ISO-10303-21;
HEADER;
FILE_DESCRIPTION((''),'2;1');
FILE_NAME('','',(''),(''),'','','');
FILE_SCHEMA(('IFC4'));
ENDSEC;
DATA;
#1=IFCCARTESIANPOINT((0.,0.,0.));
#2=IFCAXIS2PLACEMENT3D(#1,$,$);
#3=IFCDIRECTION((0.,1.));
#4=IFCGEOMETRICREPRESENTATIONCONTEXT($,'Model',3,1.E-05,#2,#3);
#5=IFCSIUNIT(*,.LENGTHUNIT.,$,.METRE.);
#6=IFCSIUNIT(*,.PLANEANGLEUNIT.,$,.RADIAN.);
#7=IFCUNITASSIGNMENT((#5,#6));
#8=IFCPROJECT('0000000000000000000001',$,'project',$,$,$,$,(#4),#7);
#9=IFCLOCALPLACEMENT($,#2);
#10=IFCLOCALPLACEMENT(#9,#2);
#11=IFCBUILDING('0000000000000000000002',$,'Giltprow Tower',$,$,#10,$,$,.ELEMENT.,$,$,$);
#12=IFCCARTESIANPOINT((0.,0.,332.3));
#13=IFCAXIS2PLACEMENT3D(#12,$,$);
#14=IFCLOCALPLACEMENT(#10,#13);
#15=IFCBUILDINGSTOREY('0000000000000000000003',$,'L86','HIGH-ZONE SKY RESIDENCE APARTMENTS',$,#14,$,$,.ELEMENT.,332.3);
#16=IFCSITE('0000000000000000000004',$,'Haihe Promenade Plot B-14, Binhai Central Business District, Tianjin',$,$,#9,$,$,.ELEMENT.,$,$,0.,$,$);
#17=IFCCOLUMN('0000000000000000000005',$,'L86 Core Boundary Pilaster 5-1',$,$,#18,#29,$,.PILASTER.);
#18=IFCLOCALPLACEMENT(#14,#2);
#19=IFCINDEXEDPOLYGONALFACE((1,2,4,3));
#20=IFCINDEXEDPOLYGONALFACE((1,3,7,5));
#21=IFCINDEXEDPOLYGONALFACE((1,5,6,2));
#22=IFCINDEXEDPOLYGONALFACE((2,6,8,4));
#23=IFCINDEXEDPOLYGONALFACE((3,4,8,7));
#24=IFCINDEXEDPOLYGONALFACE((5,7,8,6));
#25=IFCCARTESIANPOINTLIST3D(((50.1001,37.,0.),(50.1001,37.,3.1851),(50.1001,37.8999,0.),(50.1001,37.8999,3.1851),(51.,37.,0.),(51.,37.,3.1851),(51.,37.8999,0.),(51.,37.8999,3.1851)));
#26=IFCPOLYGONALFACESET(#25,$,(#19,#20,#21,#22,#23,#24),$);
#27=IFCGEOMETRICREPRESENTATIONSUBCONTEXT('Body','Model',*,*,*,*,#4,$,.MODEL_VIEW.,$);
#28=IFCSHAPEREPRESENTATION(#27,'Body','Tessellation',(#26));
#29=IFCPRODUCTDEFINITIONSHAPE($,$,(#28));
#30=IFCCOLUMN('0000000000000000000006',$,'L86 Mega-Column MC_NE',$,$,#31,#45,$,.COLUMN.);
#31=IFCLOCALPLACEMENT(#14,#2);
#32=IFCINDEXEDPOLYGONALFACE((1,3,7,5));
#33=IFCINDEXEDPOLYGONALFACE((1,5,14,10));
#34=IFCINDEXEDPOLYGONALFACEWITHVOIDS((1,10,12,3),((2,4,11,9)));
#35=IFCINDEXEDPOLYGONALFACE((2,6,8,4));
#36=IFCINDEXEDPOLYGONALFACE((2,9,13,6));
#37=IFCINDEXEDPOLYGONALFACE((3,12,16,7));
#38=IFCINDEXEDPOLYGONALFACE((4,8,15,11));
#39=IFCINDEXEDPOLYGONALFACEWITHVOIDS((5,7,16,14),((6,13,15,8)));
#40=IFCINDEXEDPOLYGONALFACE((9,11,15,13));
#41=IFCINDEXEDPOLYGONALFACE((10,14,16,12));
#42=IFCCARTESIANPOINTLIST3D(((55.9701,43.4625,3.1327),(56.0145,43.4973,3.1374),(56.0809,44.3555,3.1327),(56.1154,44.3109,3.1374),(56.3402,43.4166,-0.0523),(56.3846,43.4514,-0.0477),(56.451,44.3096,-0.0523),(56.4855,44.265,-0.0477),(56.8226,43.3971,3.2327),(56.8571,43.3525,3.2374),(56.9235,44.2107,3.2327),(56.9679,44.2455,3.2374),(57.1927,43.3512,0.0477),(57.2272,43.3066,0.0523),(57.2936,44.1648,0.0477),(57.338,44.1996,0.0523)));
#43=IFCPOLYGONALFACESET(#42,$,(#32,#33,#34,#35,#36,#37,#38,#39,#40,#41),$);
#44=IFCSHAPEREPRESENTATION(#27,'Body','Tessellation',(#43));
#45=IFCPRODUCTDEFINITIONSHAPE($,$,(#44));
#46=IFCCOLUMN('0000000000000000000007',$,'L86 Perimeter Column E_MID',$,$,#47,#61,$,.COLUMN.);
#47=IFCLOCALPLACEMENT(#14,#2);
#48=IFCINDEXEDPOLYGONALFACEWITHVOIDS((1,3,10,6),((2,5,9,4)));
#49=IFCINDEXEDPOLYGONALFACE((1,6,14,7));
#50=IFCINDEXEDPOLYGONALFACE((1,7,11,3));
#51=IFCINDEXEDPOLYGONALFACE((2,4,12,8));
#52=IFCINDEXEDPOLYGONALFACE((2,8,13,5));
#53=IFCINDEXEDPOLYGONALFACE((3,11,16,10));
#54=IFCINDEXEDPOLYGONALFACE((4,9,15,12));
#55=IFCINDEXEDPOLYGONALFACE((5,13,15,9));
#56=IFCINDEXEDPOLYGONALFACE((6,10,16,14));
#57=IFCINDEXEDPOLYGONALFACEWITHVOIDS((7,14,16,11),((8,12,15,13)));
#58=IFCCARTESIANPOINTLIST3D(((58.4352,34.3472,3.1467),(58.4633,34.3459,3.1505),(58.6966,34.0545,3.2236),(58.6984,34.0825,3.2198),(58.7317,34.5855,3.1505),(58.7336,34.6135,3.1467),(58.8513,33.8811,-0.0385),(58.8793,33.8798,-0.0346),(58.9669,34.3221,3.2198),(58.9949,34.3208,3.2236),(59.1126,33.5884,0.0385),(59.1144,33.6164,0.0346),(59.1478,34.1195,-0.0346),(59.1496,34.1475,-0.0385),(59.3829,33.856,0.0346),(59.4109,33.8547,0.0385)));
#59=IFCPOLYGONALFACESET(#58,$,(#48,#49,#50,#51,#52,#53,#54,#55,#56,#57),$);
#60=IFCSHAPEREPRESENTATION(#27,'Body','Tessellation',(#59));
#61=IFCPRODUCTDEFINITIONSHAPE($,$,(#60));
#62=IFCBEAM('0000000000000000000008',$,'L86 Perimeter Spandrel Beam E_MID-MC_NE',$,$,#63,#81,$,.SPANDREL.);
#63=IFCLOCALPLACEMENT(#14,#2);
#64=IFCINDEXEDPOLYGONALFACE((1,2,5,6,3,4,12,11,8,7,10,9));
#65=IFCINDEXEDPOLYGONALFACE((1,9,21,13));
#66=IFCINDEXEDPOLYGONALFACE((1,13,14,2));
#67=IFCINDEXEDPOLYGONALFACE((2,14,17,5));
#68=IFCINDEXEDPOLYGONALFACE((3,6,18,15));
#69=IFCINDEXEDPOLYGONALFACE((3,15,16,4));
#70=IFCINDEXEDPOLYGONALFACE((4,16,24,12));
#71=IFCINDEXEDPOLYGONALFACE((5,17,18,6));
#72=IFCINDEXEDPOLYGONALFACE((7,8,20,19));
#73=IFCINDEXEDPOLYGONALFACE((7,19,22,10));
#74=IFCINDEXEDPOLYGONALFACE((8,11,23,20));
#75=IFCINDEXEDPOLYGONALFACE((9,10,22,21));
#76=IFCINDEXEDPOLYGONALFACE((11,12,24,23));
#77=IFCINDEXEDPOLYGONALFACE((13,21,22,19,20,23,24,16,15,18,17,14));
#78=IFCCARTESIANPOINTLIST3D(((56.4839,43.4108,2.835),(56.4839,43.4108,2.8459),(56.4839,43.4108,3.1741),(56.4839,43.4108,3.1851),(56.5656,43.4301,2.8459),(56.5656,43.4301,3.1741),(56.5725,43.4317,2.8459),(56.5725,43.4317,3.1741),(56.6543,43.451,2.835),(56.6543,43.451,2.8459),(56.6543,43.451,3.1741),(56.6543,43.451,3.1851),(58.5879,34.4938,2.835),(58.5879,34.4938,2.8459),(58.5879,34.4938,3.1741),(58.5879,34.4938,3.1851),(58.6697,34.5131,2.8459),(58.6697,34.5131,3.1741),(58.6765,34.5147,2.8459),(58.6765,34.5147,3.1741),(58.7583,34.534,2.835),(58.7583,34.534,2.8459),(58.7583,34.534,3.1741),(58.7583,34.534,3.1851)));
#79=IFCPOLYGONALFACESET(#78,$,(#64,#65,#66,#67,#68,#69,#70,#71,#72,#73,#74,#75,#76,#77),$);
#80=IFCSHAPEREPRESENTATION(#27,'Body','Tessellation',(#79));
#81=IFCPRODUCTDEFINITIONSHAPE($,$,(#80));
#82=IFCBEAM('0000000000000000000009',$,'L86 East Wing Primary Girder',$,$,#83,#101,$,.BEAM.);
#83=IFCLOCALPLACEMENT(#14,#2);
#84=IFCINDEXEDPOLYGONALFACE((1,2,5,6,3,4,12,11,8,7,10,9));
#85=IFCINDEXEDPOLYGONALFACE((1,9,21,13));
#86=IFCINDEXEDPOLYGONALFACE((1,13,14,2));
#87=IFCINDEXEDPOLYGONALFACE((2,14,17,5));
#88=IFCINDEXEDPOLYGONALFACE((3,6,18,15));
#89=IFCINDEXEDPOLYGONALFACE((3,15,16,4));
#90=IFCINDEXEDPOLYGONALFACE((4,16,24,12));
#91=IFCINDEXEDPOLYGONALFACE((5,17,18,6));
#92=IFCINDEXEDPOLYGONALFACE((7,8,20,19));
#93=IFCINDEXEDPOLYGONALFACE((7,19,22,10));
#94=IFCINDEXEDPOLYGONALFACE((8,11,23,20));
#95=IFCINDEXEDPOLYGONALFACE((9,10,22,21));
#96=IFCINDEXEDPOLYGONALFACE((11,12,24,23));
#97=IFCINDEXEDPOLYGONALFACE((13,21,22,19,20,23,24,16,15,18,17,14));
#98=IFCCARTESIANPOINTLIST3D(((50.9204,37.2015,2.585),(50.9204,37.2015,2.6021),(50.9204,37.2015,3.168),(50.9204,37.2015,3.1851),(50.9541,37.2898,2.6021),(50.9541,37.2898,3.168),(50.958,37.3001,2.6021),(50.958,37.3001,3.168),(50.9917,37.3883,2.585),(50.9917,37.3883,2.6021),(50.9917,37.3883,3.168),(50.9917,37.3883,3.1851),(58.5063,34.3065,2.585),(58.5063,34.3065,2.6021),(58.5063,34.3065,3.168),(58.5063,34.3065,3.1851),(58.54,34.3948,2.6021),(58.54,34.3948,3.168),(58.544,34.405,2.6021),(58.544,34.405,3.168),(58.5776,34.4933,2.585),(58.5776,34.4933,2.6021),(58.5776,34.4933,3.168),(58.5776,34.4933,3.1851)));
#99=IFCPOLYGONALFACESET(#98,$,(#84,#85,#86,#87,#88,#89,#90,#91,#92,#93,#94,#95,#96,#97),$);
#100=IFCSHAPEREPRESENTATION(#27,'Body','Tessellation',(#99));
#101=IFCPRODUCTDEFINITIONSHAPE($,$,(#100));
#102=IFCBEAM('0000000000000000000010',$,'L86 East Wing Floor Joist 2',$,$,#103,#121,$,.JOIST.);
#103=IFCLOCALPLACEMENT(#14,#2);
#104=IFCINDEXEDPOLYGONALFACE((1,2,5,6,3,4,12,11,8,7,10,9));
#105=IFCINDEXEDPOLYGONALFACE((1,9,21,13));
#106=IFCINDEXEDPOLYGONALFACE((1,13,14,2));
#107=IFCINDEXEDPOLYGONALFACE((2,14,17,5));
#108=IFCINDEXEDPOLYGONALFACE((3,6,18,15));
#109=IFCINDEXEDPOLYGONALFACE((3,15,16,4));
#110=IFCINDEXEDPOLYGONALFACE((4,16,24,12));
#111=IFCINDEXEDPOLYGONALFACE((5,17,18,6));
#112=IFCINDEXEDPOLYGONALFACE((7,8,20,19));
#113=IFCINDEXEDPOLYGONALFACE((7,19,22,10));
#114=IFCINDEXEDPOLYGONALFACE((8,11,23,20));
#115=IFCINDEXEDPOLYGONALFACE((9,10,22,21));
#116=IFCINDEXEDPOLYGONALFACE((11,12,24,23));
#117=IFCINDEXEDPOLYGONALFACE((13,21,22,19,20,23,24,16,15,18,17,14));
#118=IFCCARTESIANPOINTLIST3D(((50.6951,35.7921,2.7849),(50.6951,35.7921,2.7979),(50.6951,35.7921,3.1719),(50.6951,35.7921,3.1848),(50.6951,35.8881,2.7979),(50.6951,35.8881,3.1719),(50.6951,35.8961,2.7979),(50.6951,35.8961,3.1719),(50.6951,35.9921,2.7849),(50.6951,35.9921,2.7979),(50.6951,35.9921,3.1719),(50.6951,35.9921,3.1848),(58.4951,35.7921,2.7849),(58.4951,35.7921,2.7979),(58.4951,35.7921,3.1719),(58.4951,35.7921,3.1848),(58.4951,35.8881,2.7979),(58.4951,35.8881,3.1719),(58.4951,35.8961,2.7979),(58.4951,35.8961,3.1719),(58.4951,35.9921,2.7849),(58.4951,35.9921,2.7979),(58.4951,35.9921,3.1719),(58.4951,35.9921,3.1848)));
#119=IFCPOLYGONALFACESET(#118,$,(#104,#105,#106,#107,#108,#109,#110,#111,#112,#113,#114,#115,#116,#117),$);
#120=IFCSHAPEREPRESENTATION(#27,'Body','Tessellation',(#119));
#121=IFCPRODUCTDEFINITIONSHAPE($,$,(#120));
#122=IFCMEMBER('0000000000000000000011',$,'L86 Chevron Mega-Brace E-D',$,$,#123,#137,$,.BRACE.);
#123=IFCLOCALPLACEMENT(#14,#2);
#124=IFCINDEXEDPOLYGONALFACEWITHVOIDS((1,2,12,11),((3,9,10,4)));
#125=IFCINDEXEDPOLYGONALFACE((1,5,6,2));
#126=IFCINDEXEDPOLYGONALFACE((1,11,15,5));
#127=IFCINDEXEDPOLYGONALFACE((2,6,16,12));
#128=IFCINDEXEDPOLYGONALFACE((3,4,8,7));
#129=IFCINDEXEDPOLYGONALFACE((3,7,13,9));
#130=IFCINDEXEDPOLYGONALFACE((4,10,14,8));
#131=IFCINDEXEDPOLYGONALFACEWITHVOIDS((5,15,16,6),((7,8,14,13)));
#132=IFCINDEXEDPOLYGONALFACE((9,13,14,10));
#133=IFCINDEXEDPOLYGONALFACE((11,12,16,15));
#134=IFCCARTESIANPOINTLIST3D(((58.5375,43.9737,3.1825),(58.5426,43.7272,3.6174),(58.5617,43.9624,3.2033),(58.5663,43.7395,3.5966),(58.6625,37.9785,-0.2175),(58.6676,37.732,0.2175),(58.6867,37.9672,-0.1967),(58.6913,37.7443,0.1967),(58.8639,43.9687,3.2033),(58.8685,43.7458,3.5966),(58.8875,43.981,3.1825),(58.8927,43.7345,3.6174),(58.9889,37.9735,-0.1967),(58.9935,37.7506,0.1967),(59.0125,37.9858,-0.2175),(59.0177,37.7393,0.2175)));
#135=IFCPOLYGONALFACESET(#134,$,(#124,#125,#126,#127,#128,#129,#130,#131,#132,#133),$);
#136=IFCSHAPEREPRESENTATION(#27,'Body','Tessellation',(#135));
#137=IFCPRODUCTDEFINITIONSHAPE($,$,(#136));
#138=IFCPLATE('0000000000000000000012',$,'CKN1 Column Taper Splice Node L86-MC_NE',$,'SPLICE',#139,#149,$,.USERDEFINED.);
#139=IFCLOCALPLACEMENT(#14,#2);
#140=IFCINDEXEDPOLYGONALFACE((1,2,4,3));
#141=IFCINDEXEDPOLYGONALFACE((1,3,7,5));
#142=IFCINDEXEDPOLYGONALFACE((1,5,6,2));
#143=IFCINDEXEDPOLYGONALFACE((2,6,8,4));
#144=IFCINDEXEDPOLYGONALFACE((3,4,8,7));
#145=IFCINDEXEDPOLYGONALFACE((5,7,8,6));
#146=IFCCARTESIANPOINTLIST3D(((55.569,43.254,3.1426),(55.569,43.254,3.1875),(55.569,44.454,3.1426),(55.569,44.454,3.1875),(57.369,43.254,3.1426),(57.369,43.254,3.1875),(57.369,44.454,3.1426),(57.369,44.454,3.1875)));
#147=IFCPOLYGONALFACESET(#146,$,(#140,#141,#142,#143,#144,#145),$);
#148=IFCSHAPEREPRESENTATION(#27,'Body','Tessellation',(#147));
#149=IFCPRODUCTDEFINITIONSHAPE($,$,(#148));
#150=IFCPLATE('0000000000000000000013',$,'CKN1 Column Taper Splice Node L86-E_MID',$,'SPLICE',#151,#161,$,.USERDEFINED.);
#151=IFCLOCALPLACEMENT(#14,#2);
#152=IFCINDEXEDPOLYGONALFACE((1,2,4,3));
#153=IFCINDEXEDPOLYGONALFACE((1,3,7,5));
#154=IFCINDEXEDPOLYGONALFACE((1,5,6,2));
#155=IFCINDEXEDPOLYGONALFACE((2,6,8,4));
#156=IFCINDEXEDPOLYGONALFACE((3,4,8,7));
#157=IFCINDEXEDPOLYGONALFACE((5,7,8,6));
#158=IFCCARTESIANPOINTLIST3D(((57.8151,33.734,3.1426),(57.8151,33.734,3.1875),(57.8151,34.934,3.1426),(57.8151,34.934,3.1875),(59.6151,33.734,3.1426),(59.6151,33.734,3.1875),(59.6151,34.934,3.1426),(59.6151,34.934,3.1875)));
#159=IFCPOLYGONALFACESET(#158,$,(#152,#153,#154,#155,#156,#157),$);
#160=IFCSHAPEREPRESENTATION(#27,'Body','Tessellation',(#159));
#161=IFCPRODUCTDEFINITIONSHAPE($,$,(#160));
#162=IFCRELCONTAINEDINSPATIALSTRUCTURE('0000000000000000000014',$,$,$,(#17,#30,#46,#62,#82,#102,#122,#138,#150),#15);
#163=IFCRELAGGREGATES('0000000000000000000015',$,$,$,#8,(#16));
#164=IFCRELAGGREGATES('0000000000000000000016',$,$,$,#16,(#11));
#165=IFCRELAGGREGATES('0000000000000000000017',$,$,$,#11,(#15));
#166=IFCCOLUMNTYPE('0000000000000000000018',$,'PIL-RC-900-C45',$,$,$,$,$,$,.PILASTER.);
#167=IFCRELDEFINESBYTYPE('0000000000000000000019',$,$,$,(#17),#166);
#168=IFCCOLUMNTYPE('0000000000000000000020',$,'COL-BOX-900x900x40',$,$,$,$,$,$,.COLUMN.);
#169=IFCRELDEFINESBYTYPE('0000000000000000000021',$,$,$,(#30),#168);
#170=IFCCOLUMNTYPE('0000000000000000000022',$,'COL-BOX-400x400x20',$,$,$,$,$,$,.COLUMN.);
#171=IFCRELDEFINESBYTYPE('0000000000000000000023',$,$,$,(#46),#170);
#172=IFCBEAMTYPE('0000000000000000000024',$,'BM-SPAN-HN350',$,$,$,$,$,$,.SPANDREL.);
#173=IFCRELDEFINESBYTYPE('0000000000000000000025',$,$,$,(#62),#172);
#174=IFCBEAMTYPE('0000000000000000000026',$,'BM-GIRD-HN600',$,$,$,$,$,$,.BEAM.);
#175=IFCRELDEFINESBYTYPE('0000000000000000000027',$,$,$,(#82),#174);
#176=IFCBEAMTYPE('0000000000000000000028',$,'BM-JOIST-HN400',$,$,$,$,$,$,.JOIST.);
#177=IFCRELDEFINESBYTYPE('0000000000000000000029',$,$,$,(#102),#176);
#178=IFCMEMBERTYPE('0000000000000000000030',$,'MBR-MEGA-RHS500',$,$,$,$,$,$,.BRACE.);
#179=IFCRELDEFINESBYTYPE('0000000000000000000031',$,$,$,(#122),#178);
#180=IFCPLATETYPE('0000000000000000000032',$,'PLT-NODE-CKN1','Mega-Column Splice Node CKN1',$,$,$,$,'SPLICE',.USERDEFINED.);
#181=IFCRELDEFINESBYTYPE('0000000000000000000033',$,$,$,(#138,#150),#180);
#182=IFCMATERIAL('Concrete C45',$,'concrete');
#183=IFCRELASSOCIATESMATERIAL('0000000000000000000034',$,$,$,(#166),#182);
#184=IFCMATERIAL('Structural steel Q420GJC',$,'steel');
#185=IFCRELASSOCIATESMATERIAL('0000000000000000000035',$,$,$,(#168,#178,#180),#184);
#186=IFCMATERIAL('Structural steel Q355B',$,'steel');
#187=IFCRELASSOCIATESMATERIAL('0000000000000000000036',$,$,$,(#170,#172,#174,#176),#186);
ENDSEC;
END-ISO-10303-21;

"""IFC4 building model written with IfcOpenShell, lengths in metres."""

from ifc_helpers import new_model, si_unit, direction, frame, origin, origin_2d, place, context, subcontext, project, spatial, rectangle, hollow_rectangle, i_section, extrude, source, transform, mapped, material, material_profile, profile_set, type_object, element, save


model = new_model("IFC4")

# Units and contexts
model_context = context("Model", 3, precision=1e-05, world=origin(), true_north=direction((0.0, 1.0)))
body_context = subcontext(model_context, "Body", "Model", "MODEL_VIEW")
ifc_project = project(units=[si_unit("LENGTHUNIT", "METRE"), si_unit("PLANEANGLEUNIT", "RADIAN")], contexts=[model_context])

# Site, building, storey
site_placement = place(None, origin())
site = spatial("IfcSite", under=ifc_project, at=site_placement, Name="Haihe Promenade Plot B-14, Binhai Central Business District, Tianjin", CompositionType="ELEMENT", RefElevation=0.0)
building_placement = place(site_placement, origin())
building = spatial("IfcBuilding", under=site, at=building_placement, Name="Giltprow Tower", CompositionType="ELEMENT")
storey_placement = place(building_placement, frame((0.0, 0.0, 332.3)))
storey = spatial("IfcBuildingStorey", under=building, at=storey_placement, Name="L86", Description="HIGH-ZONE SKY RESIDENCE APARTMENTS", CompositionType="ELEMENT", Elevation=332.3)

# Columns
ifc_material_1 = material(Name="Concrete C45", Category="concrete")
ifc_material_profile_1 = material_profile(ifc_material_1, rectangle(XDim=0.8999, YDim=0.8999, at=origin_2d()), Name="RC 900x900")
ifc_profile_set_1 = profile_set([ifc_material_profile_1], Name="Concrete C45")
column_type_1 = type_object("IfcColumnType", Name="PIL-RC-900-C45", PredefinedType="PILASTER", material=ifc_profile_set_1)
shared_shape_1 = source(origin(), body_context, "Body", "SweptSolid", [
    extrude(rectangle(XDim=0.8999, YDim=0.8999, at=origin_2d()), origin(), (0.0, 0.0, 1.0), 3.1851),
])
column_1_placement = place(storey_placement, frame((50.55, 37.45, 0.0), z_axis=(0.0, 0.0, 1.0), x_axis=(1.0, 0.0, 0.0)))
element("IfcColumn", 1, at=column_1_placement, inside=storey, type_object=column_type_1, Name="L86 Core Boundary Pilaster 5-1", PredefinedType="PILASTER", context=body_context, shape_type="MappedRepresentation", body=[
    mapped(shared_shape_1, transform((0.0, 0.0, 0.0), x_axis=(1.0, 0.0, 0.0), y_axis=(0.0, 1.0, 0.0), z_axis=(0.0, 0.0, 1.0), scale=1.0)),
])
ifc_material_2 = material(Name="Structural steel Q420GJC", Category="steel")
ifc_material_profile_2 = material_profile(ifc_material_2, hollow_rectangle(XDim=0.8999, YDim=0.8999, WallThickness=0.04, at=origin_2d()), Name="BOX 900x900x40")
ifc_profile_set_2 = profile_set([ifc_material_profile_2], Name="Structural steel Q420GJC")
column_type_2 = type_object("IfcColumnType", Name="COL-BOX-900x900x40", PredefinedType="COLUMN", material=ifc_profile_set_2)
shared_shape_2 = source(origin(), body_context, "Body", "SweptSolid", [
    extrude(hollow_rectangle(XDim=0.8999, YDim=0.8999, WallThickness=0.04, at=origin_2d()), origin(), (0.0, 0.0, 1.0), 3.2068),
])
column_2_placement = place(storey_placement, frame((56.8391, 43.8081, 0.0), z_axis=(-0.115416, 0.014313, 0.993214), x_axis=(-0.123068, -0.992398, 0.0)))
element("IfcColumn", 2, at=column_2_placement, inside=storey, type_object=column_type_2, Name="L86 Mega-Column MC_NE", PredefinedType="COLUMN", context=body_context, shape_type="MappedRepresentation", body=[
    mapped(shared_shape_2, transform((0.0, 0.0, 0.0), x_axis=(1.0, 0.0, 0.0), y_axis=(0.0, 1.0, 0.0), z_axis=(0.0, 0.0, 1.0), scale=1.0)),
])
ifc_material_3 = material(Name="Structural steel Q355B", Category="steel")
ifc_material_profile_3 = material_profile(ifc_material_3, hollow_rectangle(XDim=0.3999, YDim=0.3999, WallThickness=0.02, at=origin_2d()), Name="BOX 400x400x20")
ifc_profile_set_3 = profile_set([ifc_material_profile_3], Name="Structural steel Q355B")
column_type_3 = type_object("IfcColumnType", Name="COL-BOX-400x400x20", PredefinedType="COLUMN", material=ifc_profile_set_3)
shared_shape_3 = source(origin(), body_context, "Body", "SweptSolid", [
    extrude(hollow_rectangle(XDim=0.3999, YDim=0.3999, WallThickness=0.02, at=origin_2d()), origin(), (0.0, 0.0, 1.0), 3.2458),
])
column_3_placement = place(storey_placement, frame((59.1311, 33.8679, 0.0), z_axis=(-0.128172, 0.143592, 0.981302), x_axis=(-0.746028, -0.665915, 0.0)))
element("IfcColumn", 3, at=column_3_placement, inside=storey, type_object=column_type_3, Name="L86 Perimeter Column E_MID", PredefinedType="COLUMN", context=body_context, shape_type="MappedRepresentation", body=[
    mapped(shared_shape_3, transform((0.0, 0.0, 0.0), x_axis=(1.0, 0.0, 0.0), y_axis=(0.0, 1.0, 0.0), z_axis=(0.0, 0.0, 1.0), scale=1.0)),
])

# Beams
ifc_material_profile_4 = material_profile(ifc_material_3, i_section(OverallWidth=0.175, OverallDepth=0.3501, WebThickness=0.0071, FlangeThickness=0.011, at=origin_2d()), Name="HN 350x175x7x11")
ifc_profile_set_4 = profile_set([ifc_material_profile_4], Name="Structural steel Q355B")
beam_type_1 = type_object("IfcBeamType", Name="BM-SPAN-HN350", PredefinedType="SPANDREL", material=ifc_profile_set_4)
shared_shape_4 = source(origin(), body_context, "Body", "SweptSolid", [
    extrude(i_section(OverallWidth=0.175, OverallDepth=0.3501, WebThickness=0.0071, FlangeThickness=0.011, at=origin_2d()), origin(), (0.0, 0.0, 1.0), 9.1619),
])
beam_1_placement = place(storey_placement, frame((58.6731, 34.5139, 3.01), z_axis=(-0.229648, 0.973274, 0.0), x_axis=(-0.973274, -0.229648, 0.0)))
element("IfcBeam", 4, at=beam_1_placement, inside=storey, type_object=beam_type_1, Name="L86 Perimeter Spandrel Beam E_MID-MC_NE", PredefinedType="SPANDREL", context=body_context, shape_type="MappedRepresentation", body=[
    mapped(shared_shape_4, transform((0.0, 0.0, 0.0), x_axis=(1.0, 0.0, 0.0), y_axis=(0.0, 1.0, 0.0), z_axis=(0.0, 0.0, 1.0), scale=1.0)),
])
ifc_material_profile_5 = material_profile(ifc_material_3, i_section(OverallWidth=0.2, OverallDepth=0.6001, WebThickness=0.011, FlangeThickness=0.0171, at=origin_2d()), Name="HN 600x200x11x17")
ifc_profile_set_5 = profile_set([ifc_material_profile_5], Name="Structural steel Q355B")
beam_type_2 = type_object("IfcBeamType", Name="BM-GIRD-HN600", PredefinedType="BEAM", material=ifc_profile_set_5)
shared_shape_5 = source(origin(), body_context, "Body", "SweptSolid", [
    extrude(i_section(OverallWidth=0.2, OverallDepth=0.6001, WebThickness=0.011, FlangeThickness=0.0171, at=origin_2d()), origin(), (0.0, 0.0, 1.0), 8.1196),
])
beam_2_placement = place(storey_placement, frame((58.542, 34.3999, 2.885), z_axis=(-0.934277, 0.356548, 0.0), x_axis=(-0.356548, -0.934277, 0.0)))
element("IfcBeam", 5, at=beam_2_placement, inside=storey, type_object=beam_type_2, Name="L86 East Wing Primary Girder", PredefinedType="BEAM", context=body_context, shape_type="MappedRepresentation", body=[
    mapped(shared_shape_5, transform((0.0, 0.0, 0.0), x_axis=(1.0, 0.0, 0.0), y_axis=(0.0, 1.0, 0.0), z_axis=(0.0, 0.0, 1.0), scale=1.0)),
])
ifc_material_profile_6 = material_profile(ifc_material_3, i_section(OverallWidth=0.2, OverallDepth=0.3999, WebThickness=0.0081, FlangeThickness=0.0129, at=origin_2d()), Name="HN 400x200x8x13")
ifc_profile_set_6 = profile_set([ifc_material_profile_6], Name="Structural steel Q355B")
beam_type_3 = type_object("IfcBeamType", Name="BM-JOIST-HN400", PredefinedType="JOIST", material=ifc_profile_set_6)
shared_shape_6 = source(origin(), body_context, "Body", "SweptSolid", [
    extrude(i_section(OverallWidth=0.2, OverallDepth=0.3999, WebThickness=0.0081, FlangeThickness=0.0129, at=origin_2d()), origin(), (0.0, 0.0, 1.0), 7.8),
])
beam_3_placement = place(storey_placement, frame((50.6951, 35.8921, 2.9849), z_axis=(1.0, 0.0, 0.0), x_axis=(0.0, 1.0, 0.0)))
element("IfcBeam", 6, at=beam_3_placement, inside=storey, type_object=beam_type_3, Name="L86 East Wing Floor Joist 2", PredefinedType="JOIST", context=body_context, shape_type="MappedRepresentation", body=[
    mapped(shared_shape_6, transform((0.0, 0.0, 0.0), x_axis=(1.0, 0.0, 0.0), y_axis=(0.0, 1.0, 0.0), z_axis=(0.0, 0.0, 1.0), scale=1.0)),
])

# Member
ifc_material_profile_7 = material_profile(ifc_material_2, hollow_rectangle(XDim=0.3501, YDim=0.5, WallThickness=0.0239, at=origin_2d()), Name="RHS 500x350x24")
ifc_profile_set_7 = profile_set([ifc_material_profile_7], Name="Structural steel Q420GJC")
member_type = type_object("IfcMemberType", Name="MBR-MEGA-RHS500", PredefinedType="BRACE", material=ifc_profile_set_7)
shared_shape_7 = source(origin(), body_context, "Body", "SweptSolid", [
    extrude(hollow_rectangle(XDim=0.3501, YDim=0.5, WallThickness=0.0239, at=origin_2d()), origin(), (0.0, 0.0, 1.0), 6.8933),
])
member_placement = place(storey_placement, frame((58.8401, 37.8589, 0.0), z_axis=(-0.018134, 0.869713, 0.493225), x_axis=(-0.999783, -0.020846, 0.0)))
element("IfcMember", 7, at=member_placement, inside=storey, type_object=member_type, Name="L86 Chevron Mega-Brace E-D", PredefinedType="BRACE", context=body_context, shape_type="MappedRepresentation", body=[
    mapped(shared_shape_7, transform((0.0, 0.0, 0.0), x_axis=(1.0, 0.0, 0.0), y_axis=(0.0, 1.0, 0.0), z_axis=(0.0, 0.0, 1.0), scale=1.0)),
])

# Plates
plate_type = type_object("IfcPlateType", Name="PLT-NODE-CKN1", Description="Mega-Column Splice Node CKN1", ElementType="SPLICE", PredefinedType="USERDEFINED", material=ifc_material_2)
shared_shape_8 = source(origin(), body_context, "Body", "SweptSolid", [
    extrude(rectangle(XDim=1.8, YDim=1.2, at=origin_2d()), origin(), (0.0, 0.0, 1.0), 0.0449),
])
for number, where, z_axis, x_axis, name in (
    (8, (56.469, 43.854, 3.1426), (0.0, 0.0, 1.0), (1.0, 0.0, 0.0), "CKN1 Column Taper Splice Node L86-MC_NE"),
    (9, (58.7151, 34.334, 3.1426), (0.0, 0.0, 1.0), (1.0, 0.0, 0.0), "CKN1 Column Taper Splice Node L86-E_MID"),
):
    element("IfcPlate", number, at=place(storey_placement, frame(where, z_axis=z_axis, x_axis=x_axis)), inside=storey, type_object=plate_type, Name=name, ObjectType="SPLICE", PredefinedType="USERDEFINED", context=body_context, shape_type="MappedRepresentation", body=[
        mapped(shared_shape_8, transform((0.0, 0.0, 0.0), x_axis=(1.0, 0.0, 0.0), y_axis=(0.0, 1.0, 0.0), z_axis=(0.0, 0.0, 1.0), scale=1.0)),
    ])

save(model, "model.ifc")
